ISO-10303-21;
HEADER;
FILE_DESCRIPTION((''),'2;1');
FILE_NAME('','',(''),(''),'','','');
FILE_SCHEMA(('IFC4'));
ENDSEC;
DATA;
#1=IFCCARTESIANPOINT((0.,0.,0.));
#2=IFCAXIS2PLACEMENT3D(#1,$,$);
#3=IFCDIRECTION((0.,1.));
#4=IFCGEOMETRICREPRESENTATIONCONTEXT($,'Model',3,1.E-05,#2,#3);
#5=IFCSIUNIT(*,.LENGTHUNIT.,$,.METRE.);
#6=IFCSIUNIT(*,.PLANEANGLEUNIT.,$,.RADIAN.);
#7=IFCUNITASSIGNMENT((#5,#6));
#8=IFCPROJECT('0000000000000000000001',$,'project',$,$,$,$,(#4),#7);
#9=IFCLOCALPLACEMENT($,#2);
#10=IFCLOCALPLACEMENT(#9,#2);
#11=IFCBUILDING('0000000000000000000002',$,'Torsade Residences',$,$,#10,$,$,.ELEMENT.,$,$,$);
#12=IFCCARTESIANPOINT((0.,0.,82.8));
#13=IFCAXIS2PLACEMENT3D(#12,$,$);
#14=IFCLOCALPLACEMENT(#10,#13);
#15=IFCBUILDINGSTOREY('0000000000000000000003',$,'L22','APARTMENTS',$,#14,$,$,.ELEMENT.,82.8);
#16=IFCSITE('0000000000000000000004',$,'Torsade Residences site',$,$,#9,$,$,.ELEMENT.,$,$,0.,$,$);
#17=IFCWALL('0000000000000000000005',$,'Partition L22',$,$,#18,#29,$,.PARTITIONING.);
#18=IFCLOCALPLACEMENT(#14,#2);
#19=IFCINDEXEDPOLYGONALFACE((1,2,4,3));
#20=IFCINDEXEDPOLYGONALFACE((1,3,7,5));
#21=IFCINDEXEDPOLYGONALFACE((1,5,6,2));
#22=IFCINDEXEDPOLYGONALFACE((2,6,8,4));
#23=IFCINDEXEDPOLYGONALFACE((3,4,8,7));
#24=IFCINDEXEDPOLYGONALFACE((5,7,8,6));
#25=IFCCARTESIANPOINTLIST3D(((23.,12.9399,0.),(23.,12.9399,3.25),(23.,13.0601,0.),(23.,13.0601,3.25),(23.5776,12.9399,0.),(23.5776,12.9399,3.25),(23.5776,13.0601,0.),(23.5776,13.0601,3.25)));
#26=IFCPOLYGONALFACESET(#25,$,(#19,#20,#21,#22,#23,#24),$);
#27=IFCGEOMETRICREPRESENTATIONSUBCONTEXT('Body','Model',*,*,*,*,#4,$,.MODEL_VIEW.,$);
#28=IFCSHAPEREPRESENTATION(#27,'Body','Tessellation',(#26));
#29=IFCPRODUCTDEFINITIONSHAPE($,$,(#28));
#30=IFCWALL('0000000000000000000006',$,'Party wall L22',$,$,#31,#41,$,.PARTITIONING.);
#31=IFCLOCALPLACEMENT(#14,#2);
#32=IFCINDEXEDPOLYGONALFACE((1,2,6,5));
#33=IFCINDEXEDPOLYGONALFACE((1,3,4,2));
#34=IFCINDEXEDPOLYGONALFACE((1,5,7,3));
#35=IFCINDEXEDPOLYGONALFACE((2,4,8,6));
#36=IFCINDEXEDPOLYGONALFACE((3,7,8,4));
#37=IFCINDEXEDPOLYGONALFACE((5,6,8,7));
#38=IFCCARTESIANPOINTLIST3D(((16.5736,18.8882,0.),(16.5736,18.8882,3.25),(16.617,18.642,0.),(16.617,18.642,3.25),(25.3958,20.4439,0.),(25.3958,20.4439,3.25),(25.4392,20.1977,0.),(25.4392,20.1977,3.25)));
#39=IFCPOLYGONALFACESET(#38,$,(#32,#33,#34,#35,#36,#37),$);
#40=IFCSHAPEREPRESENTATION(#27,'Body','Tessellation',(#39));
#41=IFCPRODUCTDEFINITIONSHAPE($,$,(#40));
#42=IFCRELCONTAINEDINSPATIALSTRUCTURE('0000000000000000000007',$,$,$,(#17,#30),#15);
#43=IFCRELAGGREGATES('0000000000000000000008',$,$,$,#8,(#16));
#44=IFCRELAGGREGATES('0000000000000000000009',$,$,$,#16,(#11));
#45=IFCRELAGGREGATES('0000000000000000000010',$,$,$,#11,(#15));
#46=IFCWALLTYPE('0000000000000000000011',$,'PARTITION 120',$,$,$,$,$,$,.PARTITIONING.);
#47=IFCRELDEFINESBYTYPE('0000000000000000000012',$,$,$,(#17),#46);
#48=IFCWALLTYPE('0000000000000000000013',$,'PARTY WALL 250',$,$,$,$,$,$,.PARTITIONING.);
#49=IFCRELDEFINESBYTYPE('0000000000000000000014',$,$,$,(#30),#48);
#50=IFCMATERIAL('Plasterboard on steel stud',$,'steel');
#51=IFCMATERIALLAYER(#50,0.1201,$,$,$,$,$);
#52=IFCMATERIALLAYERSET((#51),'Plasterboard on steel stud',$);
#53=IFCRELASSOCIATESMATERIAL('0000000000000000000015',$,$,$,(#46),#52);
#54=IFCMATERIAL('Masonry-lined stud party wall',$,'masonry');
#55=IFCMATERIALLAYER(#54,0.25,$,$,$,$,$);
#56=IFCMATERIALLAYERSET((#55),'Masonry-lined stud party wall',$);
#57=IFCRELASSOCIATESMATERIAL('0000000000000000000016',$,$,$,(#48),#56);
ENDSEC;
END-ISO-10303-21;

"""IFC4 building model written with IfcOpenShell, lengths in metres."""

from ifc_helpers import new_model, si_unit, direction, frame, frame_2d, origin, place, context, subcontext, project, spatial, rectangle, extrude, material, layer, layer_set, type_object, element, save


model = new_model("IFC4")

# Units and contexts
model_context = context("Model", 3, precision=1e-05, world=origin(), true_north=direction((0.0, 1.0)))
body_context = subcontext(model_context, "Body", "Model", "MODEL_VIEW")
ifc_project = project(units=[si_unit("LENGTHUNIT", "METRE"), si_unit("PLANEANGLEUNIT", "RADIAN")], contexts=[model_context])

# Site, building, storey
site_placement = place(None, origin())
site = spatial("IfcSite", under=ifc_project, at=site_placement, Name="Torsade Residences site", CompositionType="ELEMENT", RefElevation=0.0)
building_placement = place(site_placement, origin())
building = spatial("IfcBuilding", under=site, at=building_placement, Name="Torsade Residences", CompositionType="ELEMENT")
storey_placement = place(building_placement, frame((0.0, 0.0, 82.8)))
storey = spatial("IfcBuildingStorey", under=building, at=storey_placement, Name="L22", Description="APARTMENTS", CompositionType="ELEMENT", Elevation=82.8)

# Shared definitions
ifc_material_1 = material(Name="Plasterboard on steel stud", Category="steel")
ifc_layer_1 = layer(ifc_material_1, 0.1201)
ifc_layer_set_1 = layer_set([ifc_layer_1], Name="Plasterboard on steel stud")
wall_type_1 = type_object("IfcWallType", Name="PARTITION 120", PredefinedType="PARTITIONING", material=ifc_layer_set_1)

# Walls
wall_1_placement = place(storey_placement, frame((23.0, 13.0, 0.0), z_axis=(0.0, 0.0, 1.0), x_axis=(1.0, 0.0, 0.0)))
element("IfcWall", 1, at=wall_1_placement, inside=storey, type_object=wall_type_1, Name="Partition L22", PredefinedType="PARTITIONING", context=body_context, shape_type="SweptSolid", body=[
    extrude(rectangle(XDim=0.5776, YDim=0.1201, at=frame_2d((0.2888, 0.0))), origin(), (0.0, 0.0, 1.0), 3.25),
])
ifc_material_2 = material(Name="Masonry-lined stud party wall", Category="masonry")
ifc_layer_2 = layer(ifc_material_2, 0.25)
ifc_layer_set_2 = layer_set([ifc_layer_2], Name="Masonry-lined stud party wall")
wall_type_2 = type_object("IfcWallType", Name="PARTY WALL 250", PredefinedType="PARTITIONING", material=ifc_layer_set_2)
wall_2_placement = place(storey_placement, frame((16.5955, 18.7651, 0.0), z_axis=(0.0, 0.0, 1.0), x_axis=(0.984807, 0.173655, 0.0)))
element("IfcWall", 2, at=wall_2_placement, inside=storey, type_object=wall_type_2, Name="Party wall L22", PredefinedType="PARTITIONING", context=body_context, shape_type="SweptSolid", body=[
    extrude(rectangle(XDim=8.9583, YDim=0.25, at=frame_2d((4.479, 0.0))), origin(), (0.0, 0.0, 1.0), 3.25),
])

save(model, "model.ifc")
